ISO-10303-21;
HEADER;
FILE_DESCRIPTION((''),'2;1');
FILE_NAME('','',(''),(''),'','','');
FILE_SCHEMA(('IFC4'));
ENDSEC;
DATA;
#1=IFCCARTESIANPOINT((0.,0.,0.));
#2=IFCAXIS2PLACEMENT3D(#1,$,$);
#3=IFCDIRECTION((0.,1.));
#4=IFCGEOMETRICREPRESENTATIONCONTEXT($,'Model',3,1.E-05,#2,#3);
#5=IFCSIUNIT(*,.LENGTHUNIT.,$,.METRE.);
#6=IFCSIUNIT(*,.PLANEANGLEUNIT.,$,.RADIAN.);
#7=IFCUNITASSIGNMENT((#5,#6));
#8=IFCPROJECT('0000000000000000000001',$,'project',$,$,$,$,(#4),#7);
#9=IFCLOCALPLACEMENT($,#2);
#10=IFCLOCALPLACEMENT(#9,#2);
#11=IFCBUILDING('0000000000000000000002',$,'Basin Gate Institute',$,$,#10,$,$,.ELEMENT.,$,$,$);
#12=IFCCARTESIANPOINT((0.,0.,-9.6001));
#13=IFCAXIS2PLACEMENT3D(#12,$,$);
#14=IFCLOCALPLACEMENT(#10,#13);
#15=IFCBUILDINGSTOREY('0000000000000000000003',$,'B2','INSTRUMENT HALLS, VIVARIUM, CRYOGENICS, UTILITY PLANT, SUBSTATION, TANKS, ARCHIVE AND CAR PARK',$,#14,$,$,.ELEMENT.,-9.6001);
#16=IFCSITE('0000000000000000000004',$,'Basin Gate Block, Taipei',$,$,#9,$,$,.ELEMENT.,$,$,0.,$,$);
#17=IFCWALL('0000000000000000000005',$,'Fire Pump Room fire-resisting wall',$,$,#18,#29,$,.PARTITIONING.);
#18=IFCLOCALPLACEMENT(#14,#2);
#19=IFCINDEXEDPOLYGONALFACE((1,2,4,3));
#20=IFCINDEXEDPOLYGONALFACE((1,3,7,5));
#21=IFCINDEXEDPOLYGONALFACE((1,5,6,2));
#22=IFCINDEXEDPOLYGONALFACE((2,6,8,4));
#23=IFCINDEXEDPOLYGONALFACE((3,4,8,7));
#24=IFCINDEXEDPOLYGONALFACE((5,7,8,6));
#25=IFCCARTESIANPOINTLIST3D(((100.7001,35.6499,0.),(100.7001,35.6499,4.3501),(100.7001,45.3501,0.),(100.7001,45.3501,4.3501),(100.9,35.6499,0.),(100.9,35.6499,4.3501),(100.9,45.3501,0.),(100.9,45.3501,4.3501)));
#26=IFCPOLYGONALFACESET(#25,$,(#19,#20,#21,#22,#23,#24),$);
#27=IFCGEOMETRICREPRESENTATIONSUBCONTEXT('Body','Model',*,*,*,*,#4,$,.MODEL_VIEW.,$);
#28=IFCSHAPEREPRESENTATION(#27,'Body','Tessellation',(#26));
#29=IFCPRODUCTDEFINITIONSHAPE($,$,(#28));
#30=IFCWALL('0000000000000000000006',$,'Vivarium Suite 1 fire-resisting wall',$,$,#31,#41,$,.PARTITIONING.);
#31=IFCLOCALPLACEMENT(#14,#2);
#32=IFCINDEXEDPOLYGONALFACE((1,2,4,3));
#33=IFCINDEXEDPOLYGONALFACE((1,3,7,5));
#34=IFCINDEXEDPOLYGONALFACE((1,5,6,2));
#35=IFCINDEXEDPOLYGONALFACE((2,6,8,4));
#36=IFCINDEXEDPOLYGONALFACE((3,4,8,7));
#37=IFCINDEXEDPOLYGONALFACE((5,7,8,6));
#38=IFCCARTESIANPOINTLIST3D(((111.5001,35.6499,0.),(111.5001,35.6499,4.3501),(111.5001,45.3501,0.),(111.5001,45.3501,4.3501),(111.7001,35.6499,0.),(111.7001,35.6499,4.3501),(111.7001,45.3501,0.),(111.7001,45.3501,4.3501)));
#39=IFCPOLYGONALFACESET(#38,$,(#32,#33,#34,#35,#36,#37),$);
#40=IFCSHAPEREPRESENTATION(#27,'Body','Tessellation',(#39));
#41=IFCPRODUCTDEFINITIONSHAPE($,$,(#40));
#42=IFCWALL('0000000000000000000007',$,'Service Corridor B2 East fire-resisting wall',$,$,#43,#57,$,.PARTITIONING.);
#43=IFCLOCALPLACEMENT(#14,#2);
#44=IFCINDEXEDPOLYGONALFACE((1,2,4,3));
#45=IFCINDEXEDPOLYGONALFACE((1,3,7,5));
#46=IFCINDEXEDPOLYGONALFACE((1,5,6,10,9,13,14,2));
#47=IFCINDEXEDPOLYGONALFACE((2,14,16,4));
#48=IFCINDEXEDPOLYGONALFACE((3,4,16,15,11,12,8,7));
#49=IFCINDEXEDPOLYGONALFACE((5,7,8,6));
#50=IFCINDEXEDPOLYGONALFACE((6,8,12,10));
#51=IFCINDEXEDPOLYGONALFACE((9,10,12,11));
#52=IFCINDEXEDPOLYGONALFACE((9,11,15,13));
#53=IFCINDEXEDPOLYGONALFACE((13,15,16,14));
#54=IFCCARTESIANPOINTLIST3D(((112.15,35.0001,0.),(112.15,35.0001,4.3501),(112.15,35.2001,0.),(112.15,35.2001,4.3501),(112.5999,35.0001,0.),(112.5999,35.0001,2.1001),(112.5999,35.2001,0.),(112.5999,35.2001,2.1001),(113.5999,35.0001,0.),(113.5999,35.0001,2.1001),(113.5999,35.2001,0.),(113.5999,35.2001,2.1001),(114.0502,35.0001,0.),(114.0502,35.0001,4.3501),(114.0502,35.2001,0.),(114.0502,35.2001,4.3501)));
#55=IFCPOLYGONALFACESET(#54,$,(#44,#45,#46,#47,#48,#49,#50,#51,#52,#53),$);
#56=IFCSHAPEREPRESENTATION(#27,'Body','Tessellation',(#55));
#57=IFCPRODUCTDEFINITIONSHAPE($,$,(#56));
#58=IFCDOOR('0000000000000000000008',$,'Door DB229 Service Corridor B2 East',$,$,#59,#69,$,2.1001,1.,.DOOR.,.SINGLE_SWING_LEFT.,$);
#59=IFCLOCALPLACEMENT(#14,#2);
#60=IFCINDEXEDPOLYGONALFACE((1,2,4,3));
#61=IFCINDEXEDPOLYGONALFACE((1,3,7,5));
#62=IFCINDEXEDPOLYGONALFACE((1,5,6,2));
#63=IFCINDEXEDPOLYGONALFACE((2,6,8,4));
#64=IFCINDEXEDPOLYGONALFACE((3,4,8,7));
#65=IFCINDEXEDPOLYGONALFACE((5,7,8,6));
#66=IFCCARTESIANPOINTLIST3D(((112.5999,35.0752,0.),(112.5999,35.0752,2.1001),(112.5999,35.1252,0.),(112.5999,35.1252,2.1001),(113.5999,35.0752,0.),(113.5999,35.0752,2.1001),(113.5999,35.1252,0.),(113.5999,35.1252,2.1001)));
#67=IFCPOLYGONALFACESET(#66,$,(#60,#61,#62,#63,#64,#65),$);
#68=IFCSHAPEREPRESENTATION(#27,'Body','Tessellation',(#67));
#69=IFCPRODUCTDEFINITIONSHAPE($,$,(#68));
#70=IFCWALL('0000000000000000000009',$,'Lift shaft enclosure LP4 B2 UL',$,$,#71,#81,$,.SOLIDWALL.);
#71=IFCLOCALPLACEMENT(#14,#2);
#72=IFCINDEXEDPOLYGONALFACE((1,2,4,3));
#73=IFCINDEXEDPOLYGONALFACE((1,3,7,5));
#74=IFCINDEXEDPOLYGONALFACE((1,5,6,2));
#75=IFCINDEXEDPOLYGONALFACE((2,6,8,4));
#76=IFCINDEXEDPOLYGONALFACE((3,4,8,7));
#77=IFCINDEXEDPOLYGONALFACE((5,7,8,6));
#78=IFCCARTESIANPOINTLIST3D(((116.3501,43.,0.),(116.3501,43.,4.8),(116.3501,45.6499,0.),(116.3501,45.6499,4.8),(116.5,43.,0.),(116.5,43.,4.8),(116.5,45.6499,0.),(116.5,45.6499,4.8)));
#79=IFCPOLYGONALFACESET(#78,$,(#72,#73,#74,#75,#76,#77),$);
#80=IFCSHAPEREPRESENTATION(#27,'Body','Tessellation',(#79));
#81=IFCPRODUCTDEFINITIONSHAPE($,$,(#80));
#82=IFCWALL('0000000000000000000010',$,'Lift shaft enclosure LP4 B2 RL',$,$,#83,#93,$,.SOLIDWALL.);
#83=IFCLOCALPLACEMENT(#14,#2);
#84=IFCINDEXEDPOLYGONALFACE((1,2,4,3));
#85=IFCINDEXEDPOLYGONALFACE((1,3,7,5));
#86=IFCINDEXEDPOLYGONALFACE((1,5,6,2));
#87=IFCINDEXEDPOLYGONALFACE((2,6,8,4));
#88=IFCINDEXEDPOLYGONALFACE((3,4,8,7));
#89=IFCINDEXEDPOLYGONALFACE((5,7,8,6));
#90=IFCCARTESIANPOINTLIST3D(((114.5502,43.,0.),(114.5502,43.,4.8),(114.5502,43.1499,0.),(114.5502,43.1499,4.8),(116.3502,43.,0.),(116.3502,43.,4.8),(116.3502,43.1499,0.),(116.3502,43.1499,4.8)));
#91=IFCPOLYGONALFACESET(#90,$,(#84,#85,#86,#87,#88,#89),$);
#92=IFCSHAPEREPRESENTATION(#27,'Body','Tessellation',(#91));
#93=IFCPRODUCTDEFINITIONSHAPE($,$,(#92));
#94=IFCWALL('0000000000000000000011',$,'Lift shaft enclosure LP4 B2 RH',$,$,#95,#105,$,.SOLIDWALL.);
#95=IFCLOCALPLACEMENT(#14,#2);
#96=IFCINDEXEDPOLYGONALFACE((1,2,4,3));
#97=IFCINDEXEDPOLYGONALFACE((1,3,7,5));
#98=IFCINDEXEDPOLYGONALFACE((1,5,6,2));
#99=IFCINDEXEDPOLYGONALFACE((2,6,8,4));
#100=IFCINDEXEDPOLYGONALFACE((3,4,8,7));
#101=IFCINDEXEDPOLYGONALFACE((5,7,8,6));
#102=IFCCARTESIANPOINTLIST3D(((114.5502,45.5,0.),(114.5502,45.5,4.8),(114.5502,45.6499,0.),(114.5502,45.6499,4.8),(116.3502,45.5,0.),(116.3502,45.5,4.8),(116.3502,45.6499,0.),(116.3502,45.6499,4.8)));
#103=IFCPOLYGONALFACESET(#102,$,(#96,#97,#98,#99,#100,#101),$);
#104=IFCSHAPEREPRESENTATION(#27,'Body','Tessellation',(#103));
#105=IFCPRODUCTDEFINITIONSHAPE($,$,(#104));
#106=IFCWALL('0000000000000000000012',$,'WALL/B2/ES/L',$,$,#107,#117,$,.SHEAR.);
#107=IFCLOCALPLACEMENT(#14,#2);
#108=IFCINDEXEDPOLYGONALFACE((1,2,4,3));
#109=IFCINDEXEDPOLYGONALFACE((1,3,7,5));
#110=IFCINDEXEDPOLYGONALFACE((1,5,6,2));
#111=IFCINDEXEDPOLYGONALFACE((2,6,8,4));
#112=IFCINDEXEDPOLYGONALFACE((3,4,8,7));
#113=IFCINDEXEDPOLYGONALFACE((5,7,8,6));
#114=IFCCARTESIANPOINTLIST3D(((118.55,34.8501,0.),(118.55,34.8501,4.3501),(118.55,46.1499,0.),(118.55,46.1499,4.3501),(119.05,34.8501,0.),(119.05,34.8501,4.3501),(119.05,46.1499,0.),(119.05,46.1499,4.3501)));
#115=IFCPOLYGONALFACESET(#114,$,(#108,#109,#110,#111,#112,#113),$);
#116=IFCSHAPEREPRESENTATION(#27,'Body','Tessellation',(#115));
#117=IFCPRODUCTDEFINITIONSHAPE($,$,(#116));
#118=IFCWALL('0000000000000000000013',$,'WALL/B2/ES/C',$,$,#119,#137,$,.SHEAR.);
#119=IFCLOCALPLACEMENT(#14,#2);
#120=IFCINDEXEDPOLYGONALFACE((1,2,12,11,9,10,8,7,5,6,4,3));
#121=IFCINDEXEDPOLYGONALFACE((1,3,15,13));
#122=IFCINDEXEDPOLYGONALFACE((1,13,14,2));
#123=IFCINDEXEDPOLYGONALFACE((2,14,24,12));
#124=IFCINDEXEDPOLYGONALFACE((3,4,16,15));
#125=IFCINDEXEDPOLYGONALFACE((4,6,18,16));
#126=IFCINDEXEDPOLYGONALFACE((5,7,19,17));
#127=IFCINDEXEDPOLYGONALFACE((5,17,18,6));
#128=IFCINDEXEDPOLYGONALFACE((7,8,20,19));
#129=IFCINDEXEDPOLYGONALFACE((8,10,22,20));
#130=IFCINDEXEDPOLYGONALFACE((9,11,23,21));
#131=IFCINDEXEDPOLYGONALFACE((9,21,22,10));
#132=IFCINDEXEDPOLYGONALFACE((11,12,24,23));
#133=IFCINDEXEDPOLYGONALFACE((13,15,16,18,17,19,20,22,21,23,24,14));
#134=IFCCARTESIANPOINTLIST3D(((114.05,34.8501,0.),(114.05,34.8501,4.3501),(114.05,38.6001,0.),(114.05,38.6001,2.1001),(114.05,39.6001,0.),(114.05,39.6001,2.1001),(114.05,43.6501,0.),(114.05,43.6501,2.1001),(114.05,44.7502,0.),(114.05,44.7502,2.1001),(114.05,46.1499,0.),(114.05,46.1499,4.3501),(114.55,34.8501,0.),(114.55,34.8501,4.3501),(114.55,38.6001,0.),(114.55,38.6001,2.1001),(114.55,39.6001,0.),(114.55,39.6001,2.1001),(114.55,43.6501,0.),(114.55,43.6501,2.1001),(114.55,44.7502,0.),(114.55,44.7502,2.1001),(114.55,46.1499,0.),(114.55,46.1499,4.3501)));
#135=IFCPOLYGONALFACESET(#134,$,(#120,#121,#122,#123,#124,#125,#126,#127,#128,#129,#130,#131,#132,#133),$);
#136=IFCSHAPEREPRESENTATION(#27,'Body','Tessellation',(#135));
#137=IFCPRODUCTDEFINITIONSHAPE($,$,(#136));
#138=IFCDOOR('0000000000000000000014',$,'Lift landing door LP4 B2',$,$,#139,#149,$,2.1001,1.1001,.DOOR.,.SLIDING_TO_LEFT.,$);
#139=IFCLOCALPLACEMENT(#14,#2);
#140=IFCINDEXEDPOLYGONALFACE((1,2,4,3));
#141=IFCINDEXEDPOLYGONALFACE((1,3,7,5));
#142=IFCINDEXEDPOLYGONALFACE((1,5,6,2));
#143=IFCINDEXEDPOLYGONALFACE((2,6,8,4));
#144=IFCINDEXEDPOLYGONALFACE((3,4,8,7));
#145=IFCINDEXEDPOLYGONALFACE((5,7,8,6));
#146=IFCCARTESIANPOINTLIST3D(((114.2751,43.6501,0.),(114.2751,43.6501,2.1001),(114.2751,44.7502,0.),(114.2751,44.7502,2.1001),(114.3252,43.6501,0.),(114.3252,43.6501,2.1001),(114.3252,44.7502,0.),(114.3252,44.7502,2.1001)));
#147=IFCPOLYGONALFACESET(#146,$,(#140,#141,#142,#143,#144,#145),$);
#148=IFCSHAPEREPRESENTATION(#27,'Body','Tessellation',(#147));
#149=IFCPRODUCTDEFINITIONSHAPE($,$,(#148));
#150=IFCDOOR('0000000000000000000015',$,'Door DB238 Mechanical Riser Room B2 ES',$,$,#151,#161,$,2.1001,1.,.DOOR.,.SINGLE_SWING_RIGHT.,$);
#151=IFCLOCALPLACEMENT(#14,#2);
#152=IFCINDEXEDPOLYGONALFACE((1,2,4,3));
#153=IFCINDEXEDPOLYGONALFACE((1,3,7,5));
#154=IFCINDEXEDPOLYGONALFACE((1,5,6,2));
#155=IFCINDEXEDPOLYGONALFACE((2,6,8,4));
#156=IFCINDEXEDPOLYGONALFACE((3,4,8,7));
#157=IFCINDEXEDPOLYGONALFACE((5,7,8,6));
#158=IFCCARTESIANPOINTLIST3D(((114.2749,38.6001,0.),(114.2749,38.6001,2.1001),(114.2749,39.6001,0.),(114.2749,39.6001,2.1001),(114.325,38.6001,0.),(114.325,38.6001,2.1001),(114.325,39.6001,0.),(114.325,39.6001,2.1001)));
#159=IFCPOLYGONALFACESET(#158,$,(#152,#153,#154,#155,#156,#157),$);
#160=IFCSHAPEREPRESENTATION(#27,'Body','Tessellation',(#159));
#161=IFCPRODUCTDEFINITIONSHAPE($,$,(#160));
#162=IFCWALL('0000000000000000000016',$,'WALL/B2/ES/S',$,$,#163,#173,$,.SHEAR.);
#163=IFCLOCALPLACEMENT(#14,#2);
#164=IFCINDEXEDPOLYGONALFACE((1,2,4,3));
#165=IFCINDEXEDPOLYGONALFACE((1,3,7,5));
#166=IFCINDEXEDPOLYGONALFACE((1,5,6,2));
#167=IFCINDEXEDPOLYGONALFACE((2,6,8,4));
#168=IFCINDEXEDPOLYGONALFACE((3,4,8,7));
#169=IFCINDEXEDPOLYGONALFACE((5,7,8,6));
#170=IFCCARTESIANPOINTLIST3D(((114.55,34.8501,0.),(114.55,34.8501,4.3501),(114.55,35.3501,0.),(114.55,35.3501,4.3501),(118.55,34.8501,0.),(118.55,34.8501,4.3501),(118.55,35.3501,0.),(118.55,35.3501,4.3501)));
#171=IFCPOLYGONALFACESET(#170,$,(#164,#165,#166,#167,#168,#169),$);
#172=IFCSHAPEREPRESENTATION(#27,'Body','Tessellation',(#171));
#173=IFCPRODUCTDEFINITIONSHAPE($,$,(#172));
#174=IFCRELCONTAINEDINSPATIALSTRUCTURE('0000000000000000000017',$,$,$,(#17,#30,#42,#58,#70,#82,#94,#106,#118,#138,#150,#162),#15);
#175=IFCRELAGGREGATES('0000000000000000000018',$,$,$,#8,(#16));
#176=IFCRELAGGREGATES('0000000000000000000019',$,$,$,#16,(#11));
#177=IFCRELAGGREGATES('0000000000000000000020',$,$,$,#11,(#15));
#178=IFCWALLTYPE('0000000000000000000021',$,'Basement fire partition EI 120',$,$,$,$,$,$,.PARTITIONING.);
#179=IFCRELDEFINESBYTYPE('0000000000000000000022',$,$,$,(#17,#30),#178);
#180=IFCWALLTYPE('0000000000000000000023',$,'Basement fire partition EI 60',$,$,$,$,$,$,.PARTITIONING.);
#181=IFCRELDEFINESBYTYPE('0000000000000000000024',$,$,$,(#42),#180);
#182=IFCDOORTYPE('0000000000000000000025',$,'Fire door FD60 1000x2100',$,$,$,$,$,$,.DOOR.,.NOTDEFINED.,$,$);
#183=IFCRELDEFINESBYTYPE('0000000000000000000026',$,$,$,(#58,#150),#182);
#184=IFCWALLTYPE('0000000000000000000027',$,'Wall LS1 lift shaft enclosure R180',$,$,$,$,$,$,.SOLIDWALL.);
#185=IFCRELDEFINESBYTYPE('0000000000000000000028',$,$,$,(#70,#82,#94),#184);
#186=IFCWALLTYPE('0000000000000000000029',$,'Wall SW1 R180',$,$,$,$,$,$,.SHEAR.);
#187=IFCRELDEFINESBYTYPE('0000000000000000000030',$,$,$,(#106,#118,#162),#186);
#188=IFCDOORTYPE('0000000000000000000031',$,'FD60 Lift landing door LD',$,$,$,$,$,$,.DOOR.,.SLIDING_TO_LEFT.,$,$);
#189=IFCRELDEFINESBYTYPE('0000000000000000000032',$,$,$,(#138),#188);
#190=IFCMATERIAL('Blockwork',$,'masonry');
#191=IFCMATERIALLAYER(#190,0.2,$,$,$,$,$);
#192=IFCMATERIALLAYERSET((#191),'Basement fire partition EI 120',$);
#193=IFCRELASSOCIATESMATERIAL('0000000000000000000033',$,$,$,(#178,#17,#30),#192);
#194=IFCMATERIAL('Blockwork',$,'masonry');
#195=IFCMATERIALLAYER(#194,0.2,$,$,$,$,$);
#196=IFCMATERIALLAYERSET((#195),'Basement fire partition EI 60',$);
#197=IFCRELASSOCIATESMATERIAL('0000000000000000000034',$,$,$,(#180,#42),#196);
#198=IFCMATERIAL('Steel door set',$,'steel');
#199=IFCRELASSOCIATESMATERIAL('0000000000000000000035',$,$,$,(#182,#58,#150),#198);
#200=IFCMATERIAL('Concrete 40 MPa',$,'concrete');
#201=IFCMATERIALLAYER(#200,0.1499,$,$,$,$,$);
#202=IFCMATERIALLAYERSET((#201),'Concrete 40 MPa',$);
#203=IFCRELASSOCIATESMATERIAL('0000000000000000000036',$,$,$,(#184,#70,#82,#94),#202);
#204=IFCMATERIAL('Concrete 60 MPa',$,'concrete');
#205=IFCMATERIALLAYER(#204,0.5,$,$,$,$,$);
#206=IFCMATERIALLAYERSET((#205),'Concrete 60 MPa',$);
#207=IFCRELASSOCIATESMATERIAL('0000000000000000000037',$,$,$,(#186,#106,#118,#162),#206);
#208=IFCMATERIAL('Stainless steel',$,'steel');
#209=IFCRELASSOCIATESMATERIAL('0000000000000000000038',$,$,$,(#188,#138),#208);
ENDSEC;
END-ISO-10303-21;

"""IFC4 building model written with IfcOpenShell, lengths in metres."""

from ifc_helpers import new_model, si_unit, direction, frame, frame_2d, origin, place, context, subcontext, project, spatial, rectangle, extrude, material, layer, layer_set, type_object, element, fill, save


model = new_model("IFC4")

# Units and contexts
model_context = context("Model", 3, precision=1e-05, world=origin(), true_north=direction((0.0, 1.0)))
body_context = subcontext(model_context, "Body", "Model", "MODEL_VIEW")
ifc_project = project(units=[si_unit("LENGTHUNIT", "METRE"), si_unit("PLANEANGLEUNIT", "RADIAN")], contexts=[model_context])

# Site, building, storey
site_placement = place(None, origin())
site = spatial("IfcSite", under=ifc_project, at=site_placement, Name="Basin Gate Block, Taipei", CompositionType="ELEMENT", RefElevation=0.0)
building_placement = place(site_placement, origin())
building = spatial("IfcBuilding", under=site, at=building_placement, Name="Basin Gate Institute", CompositionType="ELEMENT")
storey_placement = place(building_placement, frame((0.0, 0.0, -9.6001)))
storey = spatial("IfcBuildingStorey", under=building, at=storey_placement, Name="B2", Description="INSTRUMENT HALLS, VIVARIUM, CRYOGENICS, UTILITY PLANT, SUBSTATION, TANKS, ARCHIVE AND CAR PARK", CompositionType="ELEMENT", Elevation=-9.6001)

# Walls
ifc_material_1 = material(Name="Blockwork", Category="masonry")
ifc_layer_1 = layer(ifc_material_1, 0.2)
ifc_layer_set_1 = layer_set([ifc_layer_1], Name="Basement fire partition EI 120")
wall_type_1 = type_object("IfcWallType", Name="Basement fire partition EI 120", PredefinedType="PARTITIONING", material=ifc_layer_set_1)
for number, where, z_axis, x_axis, name in (
    (1, (100.8, 35.6499, 0.0), (0.0, 0.0, 1.0), (0.0, 1.0, 0.0), "Fire Pump Room fire-resisting wall"),
    (2, (111.6001, 35.6499, 0.0), (0.0, 0.0, 1.0), (0.0, 1.0, 0.0), "Vivarium Suite 1 fire-resisting wall"),
):
    element("IfcWall", number, at=place(storey_placement, frame(where, z_axis=z_axis, x_axis=x_axis)), inside=storey, type_object=wall_type_1, material=ifc_layer_set_1, Name=name, PredefinedType="PARTITIONING", context=body_context, shape_type="SweptSolid", body=[
        extrude(rectangle(XDim=9.7002, YDim=0.2, at=frame_2d((4.8501, 0.0))), origin(), (0.0, 0.0, 1.0), 4.3501),
    ])

# Wall, opening, door
ifc_material_2 = material(Name="Blockwork", Category="masonry")
ifc_layer_2 = layer(ifc_material_2, 0.2)
ifc_layer_set_2 = layer_set([ifc_layer_2], Name="Basement fire partition EI 60")
wall_type_2 = type_object("IfcWallType", Name="Basement fire partition EI 60", PredefinedType="PARTITIONING", material=ifc_layer_set_2)
wall_1_placement = place(storey_placement, frame((112.1499, 35.1001, 0.0), z_axis=(0.0, 0.0, 1.0), x_axis=(1.0, 0.0, 0.0)))
wall_1 = element("IfcWall", 3, at=wall_1_placement, inside=storey, type_object=wall_type_2, material=ifc_layer_set_2, Name="Service Corridor B2 East fire-resisting wall", PredefinedType="PARTITIONING", context=body_context, shape_type="SweptSolid", body=[
    extrude(rectangle(XDim=1.9001, YDim=0.2, at=frame_2d((0.9502, 0.0))), origin(), (0.0, 0.0, 1.0), 4.3501),
])
opening_1_placement = place(wall_1_placement, frame((0.45, 0.0, 0.0)))
opening_1 = element("IfcOpeningElement", 4, at=opening_1_placement, cuts=wall_1, PredefinedType="OPENING", context=body_context, shape_type="SweptSolid", body=[
    extrude(rectangle(XDim=1.0, YDim=2.1001, at=frame_2d((0.5, 1.05))), frame((0.0, 0.1099, 0.0), z_axis=(0.0, -1.0, 0.0), x_axis=(1.0, 0.0, 0.0)), (0.0, 0.0, 1.0), 0.22),
])
ifc_material_3 = material(Name="Steel door set", Category="steel")
door_type_1 = type_object("IfcDoorType", Name="Fire door FD60 1000x2100", OperationType="NOTDEFINED", PredefinedType="DOOR", material=ifc_material_3)
door_1_placement = place(opening_1_placement, frame((1.0, 0.0, 0.0), z_axis=(0.0, 0.0, 1.0), x_axis=(-1.0, 0.0, 0.0)))
door_1 = element("IfcDoor", 5, at=door_1_placement, inside=storey, type_object=door_type_1, material=ifc_material_3, Name="Door DB229 Service Corridor B2 East", OperationType="SINGLE_SWING_LEFT", OverallHeight=2.1001, OverallWidth=1.0, PredefinedType="DOOR", context=body_context, shape_type="SweptSolid", body=[
    extrude(rectangle(XDim=1.0, YDim=2.1001, at=frame_2d((0.5, 1.05))), frame((0.0, 0.0249, 0.0), z_axis=(0.0, -1.0, 0.0), x_axis=(1.0, 0.0, 0.0)), (0.0, 0.0, 1.0), 0.05),
])
fill(opening_1, door_1)

# Walls
ifc_material_4 = material(Name="Concrete 40 MPa", Category="concrete")
ifc_layer_3 = layer(ifc_material_4, 0.1499)
ifc_layer_set_3 = layer_set([ifc_layer_3], Name="Concrete 40 MPa")
wall_type_3 = type_object("IfcWallType", Name="Wall LS1 lift shaft enclosure R180", PredefinedType="SOLIDWALL", material=ifc_layer_set_3)
wall_2_placement = place(storey_placement, frame((116.425, 43.0, 0.0), z_axis=(0.0, 0.0, 1.0), x_axis=(0.0, 1.0, 0.0)))
element("IfcWall", 6, at=wall_2_placement, inside=storey, type_object=wall_type_3, material=ifc_layer_set_3, Name="Lift shaft enclosure LP4 B2 UL", PredefinedType="SOLIDWALL", context=body_context, shape_type="SweptSolid", body=[
    extrude(rectangle(XDim=2.6499, YDim=0.1499, at=frame_2d((1.325, 0.0))), origin(), (0.0, 0.0, 1.0), 4.8),
])
for number, where, z_axis, x_axis, name in (
    (7, (116.3501, 43.075, 0.0), (0.0, 0.0, 1.0), (-1.0, 0.0, 0.0), "Lift shaft enclosure LP4 B2 RL"),
    (8, (116.3501, 45.575, 0.0), (0.0, 0.0, 1.0), (-1.0, 0.0, 0.0), "Lift shaft enclosure LP4 B2 RH"),
):
    element("IfcWall", number, at=place(storey_placement, frame(where, z_axis=z_axis, x_axis=x_axis)), inside=storey, type_object=wall_type_3, material=ifc_layer_set_3, Name=name, PredefinedType="SOLIDWALL", context=body_context, shape_type="SweptSolid", body=[
        extrude(rectangle(XDim=1.8, YDim=0.1499, at=frame_2d((0.8999, 0.0))), origin(), (0.0, 0.0, 1.0), 4.8),
    ])
ifc_material_5 = material(Name="Concrete 60 MPa", Category="concrete")
ifc_layer_4 = layer(ifc_material_5, 0.5)
ifc_layer_set_4 = layer_set([ifc_layer_4], Name="Concrete 60 MPa")
wall_type_4 = type_object("IfcWallType", Name="Wall SW1 R180", PredefinedType="SHEAR", material=ifc_layer_set_4)
wall_3_placement = place(storey_placement, frame((118.8, 34.8501, 0.0), z_axis=(0.0, 0.0, 1.0), x_axis=(0.0, 1.0, 0.0)))
element("IfcWall", 9, at=wall_3_placement, inside=storey, type_object=wall_type_4, material=ifc_layer_set_4, Name="WALL/B2/ES/L", PredefinedType="SHEAR", context=body_context, shape_type="SweptSolid", body=[
    extrude(rectangle(XDim=11.2998, YDim=0.5, at=frame_2d((5.6499, 0.0))), origin(), (0.0, 0.0, 1.0), 4.3501),
])

# Wall, openings, doors
wall_4_placement = place(storey_placement, frame((114.3, 34.8501, 0.0), z_axis=(0.0, 0.0, 1.0), x_axis=(0.0, 1.0, 0.0)))
wall_4 = element("IfcWall", 10, at=wall_4_placement, inside=storey, type_object=wall_type_4, material=ifc_layer_set_4, Name="WALL/B2/ES/C", PredefinedType="SHEAR", context=body_context, shape_type="SweptSolid", body=[
    extrude(rectangle(XDim=11.2998, YDim=0.5, at=frame_2d((5.6499, 0.0))), origin(), (0.0, 0.0, 1.0), 4.3501),
])
opening_2_placement = place(wall_4_placement, frame((8.8, 0.0, 0.0)))
opening_2 = element("IfcOpeningElement", 11, at=opening_2_placement, cuts=wall_4, PredefinedType="OPENING", context=body_context, shape_type="SweptSolid", body=[
    extrude(rectangle(XDim=1.1001, YDim=2.1001, at=frame_2d((0.55, 1.05))), frame((0.0, 0.26, 0.0), z_axis=(0.0, -1.0, 0.0), x_axis=(1.0, 0.0, 0.0)), (0.0, 0.0, 1.0), 0.52),
])
opening_3_placement = place(wall_4_placement, frame((3.75, 0.0, 0.0)))
opening_3 = element("IfcOpeningElement", 12, at=opening_3_placement, cuts=wall_4, PredefinedType="OPENING", context=body_context, shape_type="SweptSolid", body=[
    extrude(rectangle(XDim=1.0, YDim=2.1001, at=frame_2d((0.5, 1.05))), frame((0.0, 0.26, 0.0), z_axis=(0.0, -1.0, 0.0), x_axis=(1.0, 0.0, 0.0)), (0.0, 0.0, 1.0), 0.52),
])
ifc_material_6 = material(Name="Stainless steel", Category="steel")
door_type_2 = type_object("IfcDoorType", Name="FD60 Lift landing door LD", OperationType="SLIDING_TO_LEFT", PredefinedType="DOOR", material=ifc_material_6)
door_2_placement = place(opening_2_placement, origin())
door_2 = element("IfcDoor", 13, at=door_2_placement, inside=storey, type_object=door_type_2, material=ifc_material_6, Name="Lift landing door LP4 B2", OperationType="SLIDING_TO_LEFT", OverallHeight=2.1001, OverallWidth=1.1001, PredefinedType="DOOR", context=body_context, shape_type="SweptSolid", body=[
    extrude(rectangle(XDim=1.1001, YDim=2.1001, at=frame_2d((0.55, 1.05))), frame((0.0, 0.0249, 0.0), z_axis=(0.0, -1.0, 0.0), x_axis=(1.0, 0.0, 0.0)), (0.0, 0.0, 1.0), 0.05),
])
fill(opening_2, door_2)
door_3_placement = place(opening_3_placement, frame((1.0, 0.0, 0.0), z_axis=(0.0, 0.0, 1.0), x_axis=(-1.0, 0.0, 0.0)))
door_3 = element("IfcDoor", 14, at=door_3_placement, inside=storey, type_object=door_type_1, material=ifc_material_3, Name="Door DB238 Mechanical Riser Room B2 ES", OperationType="SINGLE_SWING_RIGHT", OverallHeight=2.1001, OverallWidth=1.0, PredefinedType="DOOR", context=body_context, shape_type="SweptSolid", body=[
    extrude(rectangle(XDim=1.0, YDim=2.1001, at=frame_2d((0.5, 1.05))), frame((0.0, 0.0249, 0.0), z_axis=(0.0, -1.0, 0.0), x_axis=(1.0, 0.0, 0.0)), (0.0, 0.0, 1.0), 0.05),
])
fill(opening_3, door_3)

# Wall
wall_5_placement = place(storey_placement, frame((118.55, 35.1001, 0.0), z_axis=(0.0, 0.0, 1.0), x_axis=(-1.0, 0.0, 0.0)))
element("IfcWall", 15, at=wall_5_placement, inside=storey, type_object=wall_type_4, material=ifc_layer_set_4, Name="WALL/B2/ES/S", PredefinedType="SHEAR", context=body_context, shape_type="SweptSolid", body=[
    extrude(rectangle(XDim=4.0, YDim=0.5, at=frame_2d((2.0, 0.0))), origin(), (0.0, 0.0, 1.0), 4.3501),
])

save(model, "model.ifc")
